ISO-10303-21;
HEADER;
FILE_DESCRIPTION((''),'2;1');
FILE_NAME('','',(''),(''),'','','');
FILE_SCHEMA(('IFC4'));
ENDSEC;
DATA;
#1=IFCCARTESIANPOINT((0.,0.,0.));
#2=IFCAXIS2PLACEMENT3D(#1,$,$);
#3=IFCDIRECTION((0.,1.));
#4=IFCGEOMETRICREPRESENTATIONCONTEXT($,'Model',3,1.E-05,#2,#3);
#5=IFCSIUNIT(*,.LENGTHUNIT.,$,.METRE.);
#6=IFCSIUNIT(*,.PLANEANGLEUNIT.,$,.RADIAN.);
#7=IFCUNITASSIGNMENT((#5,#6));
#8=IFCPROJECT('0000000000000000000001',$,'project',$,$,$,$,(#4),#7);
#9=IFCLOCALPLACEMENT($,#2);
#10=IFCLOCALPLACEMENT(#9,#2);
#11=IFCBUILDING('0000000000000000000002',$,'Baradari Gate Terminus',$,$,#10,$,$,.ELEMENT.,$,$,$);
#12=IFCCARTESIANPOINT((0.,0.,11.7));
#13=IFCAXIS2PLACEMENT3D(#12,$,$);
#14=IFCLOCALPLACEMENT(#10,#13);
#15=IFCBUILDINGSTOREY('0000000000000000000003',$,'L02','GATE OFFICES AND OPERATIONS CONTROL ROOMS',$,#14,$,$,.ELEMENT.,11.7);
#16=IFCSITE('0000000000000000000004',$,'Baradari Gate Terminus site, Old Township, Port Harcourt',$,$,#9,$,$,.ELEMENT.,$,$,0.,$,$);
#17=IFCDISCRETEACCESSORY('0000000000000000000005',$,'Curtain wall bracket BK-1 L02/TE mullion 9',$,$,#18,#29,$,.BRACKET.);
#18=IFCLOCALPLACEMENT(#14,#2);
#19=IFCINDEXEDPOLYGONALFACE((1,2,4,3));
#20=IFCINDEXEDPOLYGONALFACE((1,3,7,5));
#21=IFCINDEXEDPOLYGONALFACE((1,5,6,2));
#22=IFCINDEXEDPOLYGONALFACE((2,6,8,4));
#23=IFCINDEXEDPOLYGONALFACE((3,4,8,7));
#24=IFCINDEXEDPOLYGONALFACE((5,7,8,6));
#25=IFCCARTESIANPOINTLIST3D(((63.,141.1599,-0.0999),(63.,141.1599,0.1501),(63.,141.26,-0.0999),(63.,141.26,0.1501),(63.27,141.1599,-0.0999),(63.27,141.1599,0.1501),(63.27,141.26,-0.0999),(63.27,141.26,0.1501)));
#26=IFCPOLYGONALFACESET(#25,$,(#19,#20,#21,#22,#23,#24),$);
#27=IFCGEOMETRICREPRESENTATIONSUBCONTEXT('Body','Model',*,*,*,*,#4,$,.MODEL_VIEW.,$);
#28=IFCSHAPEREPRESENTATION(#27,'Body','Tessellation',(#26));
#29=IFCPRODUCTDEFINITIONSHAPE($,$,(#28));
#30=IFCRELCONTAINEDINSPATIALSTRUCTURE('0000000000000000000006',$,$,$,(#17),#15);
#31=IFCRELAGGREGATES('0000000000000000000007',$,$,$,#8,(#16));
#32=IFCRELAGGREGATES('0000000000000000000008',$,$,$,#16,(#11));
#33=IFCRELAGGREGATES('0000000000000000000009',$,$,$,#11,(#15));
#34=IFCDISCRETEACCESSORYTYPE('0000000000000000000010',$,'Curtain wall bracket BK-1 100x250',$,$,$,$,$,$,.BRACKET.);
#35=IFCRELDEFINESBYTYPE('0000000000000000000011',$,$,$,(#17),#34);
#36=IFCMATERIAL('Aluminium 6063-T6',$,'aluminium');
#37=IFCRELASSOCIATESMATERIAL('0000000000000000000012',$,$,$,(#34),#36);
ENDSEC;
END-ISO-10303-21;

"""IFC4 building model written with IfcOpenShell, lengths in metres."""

from ifc_helpers import new_model, si_unit, direction, frame, origin, origin_2d, place, context, subcontext, project, spatial, rectangle, extrude, material, type_object, element, save


model = new_model("IFC4")

# Units and contexts
model_context = context("Model", 3, precision=1e-05, world=origin(), true_north=direction((0.0, 1.0)))
body_context = subcontext(model_context, "Body", "Model", "MODEL_VIEW")
ifc_project = project(units=[si_unit("LENGTHUNIT", "METRE"), si_unit("PLANEANGLEUNIT", "RADIAN")], contexts=[model_context])

# Site, building, storey
site_placement = place(None, origin())
site = spatial("IfcSite", under=ifc_project, at=site_placement, Name="Baradari Gate Terminus site, Old Township, Port Harcourt", CompositionType="ELEMENT", RefElevation=0.0)
building_placement = place(site_placement, origin())
building = spatial("IfcBuilding", under=site, at=building_placement, Name="Baradari Gate Terminus", CompositionType="ELEMENT")
storey_placement = place(building_placement, frame((0.0, 0.0, 11.7)))
storey = spatial("IfcBuildingStorey", under=building, at=storey_placement, Name="L02", Description="GATE OFFICES AND OPERATIONS CONTROL ROOMS", CompositionType="ELEMENT", Elevation=11.7)

# Discrete accessory
ifc_material_1 = material(Name="Aluminium 6063-T6", Category="aluminium")
discrete_accessory_type = type_object("IfcDiscreteAccessoryType", Name="Curtain wall bracket BK-1 100x250", PredefinedType="BRACKET", material=ifc_material_1)
for number, where, z_axis, x_axis, name in (
    (1, (63.135, 141.21, -0.0999), (0.0, 0.0, 1.0), (1.0, 0.0, 0.0), "Curtain wall bracket BK-1 L02/TE mullion 9"),
):
    element("IfcDiscreteAccessory", number, at=place(storey_placement, frame(where, z_axis=z_axis, x_axis=x_axis)), inside=storey, type_object=discrete_accessory_type, Name=name, PredefinedType="BRACKET", context=body_context, shape_type="SweptSolid", body=[
        extrude(rectangle(XDim=0.27, YDim=0.1001, at=origin_2d()), origin(), (0.0, 0.0, 1.0), 0.25),
    ])

save(model, "model.ifc")
